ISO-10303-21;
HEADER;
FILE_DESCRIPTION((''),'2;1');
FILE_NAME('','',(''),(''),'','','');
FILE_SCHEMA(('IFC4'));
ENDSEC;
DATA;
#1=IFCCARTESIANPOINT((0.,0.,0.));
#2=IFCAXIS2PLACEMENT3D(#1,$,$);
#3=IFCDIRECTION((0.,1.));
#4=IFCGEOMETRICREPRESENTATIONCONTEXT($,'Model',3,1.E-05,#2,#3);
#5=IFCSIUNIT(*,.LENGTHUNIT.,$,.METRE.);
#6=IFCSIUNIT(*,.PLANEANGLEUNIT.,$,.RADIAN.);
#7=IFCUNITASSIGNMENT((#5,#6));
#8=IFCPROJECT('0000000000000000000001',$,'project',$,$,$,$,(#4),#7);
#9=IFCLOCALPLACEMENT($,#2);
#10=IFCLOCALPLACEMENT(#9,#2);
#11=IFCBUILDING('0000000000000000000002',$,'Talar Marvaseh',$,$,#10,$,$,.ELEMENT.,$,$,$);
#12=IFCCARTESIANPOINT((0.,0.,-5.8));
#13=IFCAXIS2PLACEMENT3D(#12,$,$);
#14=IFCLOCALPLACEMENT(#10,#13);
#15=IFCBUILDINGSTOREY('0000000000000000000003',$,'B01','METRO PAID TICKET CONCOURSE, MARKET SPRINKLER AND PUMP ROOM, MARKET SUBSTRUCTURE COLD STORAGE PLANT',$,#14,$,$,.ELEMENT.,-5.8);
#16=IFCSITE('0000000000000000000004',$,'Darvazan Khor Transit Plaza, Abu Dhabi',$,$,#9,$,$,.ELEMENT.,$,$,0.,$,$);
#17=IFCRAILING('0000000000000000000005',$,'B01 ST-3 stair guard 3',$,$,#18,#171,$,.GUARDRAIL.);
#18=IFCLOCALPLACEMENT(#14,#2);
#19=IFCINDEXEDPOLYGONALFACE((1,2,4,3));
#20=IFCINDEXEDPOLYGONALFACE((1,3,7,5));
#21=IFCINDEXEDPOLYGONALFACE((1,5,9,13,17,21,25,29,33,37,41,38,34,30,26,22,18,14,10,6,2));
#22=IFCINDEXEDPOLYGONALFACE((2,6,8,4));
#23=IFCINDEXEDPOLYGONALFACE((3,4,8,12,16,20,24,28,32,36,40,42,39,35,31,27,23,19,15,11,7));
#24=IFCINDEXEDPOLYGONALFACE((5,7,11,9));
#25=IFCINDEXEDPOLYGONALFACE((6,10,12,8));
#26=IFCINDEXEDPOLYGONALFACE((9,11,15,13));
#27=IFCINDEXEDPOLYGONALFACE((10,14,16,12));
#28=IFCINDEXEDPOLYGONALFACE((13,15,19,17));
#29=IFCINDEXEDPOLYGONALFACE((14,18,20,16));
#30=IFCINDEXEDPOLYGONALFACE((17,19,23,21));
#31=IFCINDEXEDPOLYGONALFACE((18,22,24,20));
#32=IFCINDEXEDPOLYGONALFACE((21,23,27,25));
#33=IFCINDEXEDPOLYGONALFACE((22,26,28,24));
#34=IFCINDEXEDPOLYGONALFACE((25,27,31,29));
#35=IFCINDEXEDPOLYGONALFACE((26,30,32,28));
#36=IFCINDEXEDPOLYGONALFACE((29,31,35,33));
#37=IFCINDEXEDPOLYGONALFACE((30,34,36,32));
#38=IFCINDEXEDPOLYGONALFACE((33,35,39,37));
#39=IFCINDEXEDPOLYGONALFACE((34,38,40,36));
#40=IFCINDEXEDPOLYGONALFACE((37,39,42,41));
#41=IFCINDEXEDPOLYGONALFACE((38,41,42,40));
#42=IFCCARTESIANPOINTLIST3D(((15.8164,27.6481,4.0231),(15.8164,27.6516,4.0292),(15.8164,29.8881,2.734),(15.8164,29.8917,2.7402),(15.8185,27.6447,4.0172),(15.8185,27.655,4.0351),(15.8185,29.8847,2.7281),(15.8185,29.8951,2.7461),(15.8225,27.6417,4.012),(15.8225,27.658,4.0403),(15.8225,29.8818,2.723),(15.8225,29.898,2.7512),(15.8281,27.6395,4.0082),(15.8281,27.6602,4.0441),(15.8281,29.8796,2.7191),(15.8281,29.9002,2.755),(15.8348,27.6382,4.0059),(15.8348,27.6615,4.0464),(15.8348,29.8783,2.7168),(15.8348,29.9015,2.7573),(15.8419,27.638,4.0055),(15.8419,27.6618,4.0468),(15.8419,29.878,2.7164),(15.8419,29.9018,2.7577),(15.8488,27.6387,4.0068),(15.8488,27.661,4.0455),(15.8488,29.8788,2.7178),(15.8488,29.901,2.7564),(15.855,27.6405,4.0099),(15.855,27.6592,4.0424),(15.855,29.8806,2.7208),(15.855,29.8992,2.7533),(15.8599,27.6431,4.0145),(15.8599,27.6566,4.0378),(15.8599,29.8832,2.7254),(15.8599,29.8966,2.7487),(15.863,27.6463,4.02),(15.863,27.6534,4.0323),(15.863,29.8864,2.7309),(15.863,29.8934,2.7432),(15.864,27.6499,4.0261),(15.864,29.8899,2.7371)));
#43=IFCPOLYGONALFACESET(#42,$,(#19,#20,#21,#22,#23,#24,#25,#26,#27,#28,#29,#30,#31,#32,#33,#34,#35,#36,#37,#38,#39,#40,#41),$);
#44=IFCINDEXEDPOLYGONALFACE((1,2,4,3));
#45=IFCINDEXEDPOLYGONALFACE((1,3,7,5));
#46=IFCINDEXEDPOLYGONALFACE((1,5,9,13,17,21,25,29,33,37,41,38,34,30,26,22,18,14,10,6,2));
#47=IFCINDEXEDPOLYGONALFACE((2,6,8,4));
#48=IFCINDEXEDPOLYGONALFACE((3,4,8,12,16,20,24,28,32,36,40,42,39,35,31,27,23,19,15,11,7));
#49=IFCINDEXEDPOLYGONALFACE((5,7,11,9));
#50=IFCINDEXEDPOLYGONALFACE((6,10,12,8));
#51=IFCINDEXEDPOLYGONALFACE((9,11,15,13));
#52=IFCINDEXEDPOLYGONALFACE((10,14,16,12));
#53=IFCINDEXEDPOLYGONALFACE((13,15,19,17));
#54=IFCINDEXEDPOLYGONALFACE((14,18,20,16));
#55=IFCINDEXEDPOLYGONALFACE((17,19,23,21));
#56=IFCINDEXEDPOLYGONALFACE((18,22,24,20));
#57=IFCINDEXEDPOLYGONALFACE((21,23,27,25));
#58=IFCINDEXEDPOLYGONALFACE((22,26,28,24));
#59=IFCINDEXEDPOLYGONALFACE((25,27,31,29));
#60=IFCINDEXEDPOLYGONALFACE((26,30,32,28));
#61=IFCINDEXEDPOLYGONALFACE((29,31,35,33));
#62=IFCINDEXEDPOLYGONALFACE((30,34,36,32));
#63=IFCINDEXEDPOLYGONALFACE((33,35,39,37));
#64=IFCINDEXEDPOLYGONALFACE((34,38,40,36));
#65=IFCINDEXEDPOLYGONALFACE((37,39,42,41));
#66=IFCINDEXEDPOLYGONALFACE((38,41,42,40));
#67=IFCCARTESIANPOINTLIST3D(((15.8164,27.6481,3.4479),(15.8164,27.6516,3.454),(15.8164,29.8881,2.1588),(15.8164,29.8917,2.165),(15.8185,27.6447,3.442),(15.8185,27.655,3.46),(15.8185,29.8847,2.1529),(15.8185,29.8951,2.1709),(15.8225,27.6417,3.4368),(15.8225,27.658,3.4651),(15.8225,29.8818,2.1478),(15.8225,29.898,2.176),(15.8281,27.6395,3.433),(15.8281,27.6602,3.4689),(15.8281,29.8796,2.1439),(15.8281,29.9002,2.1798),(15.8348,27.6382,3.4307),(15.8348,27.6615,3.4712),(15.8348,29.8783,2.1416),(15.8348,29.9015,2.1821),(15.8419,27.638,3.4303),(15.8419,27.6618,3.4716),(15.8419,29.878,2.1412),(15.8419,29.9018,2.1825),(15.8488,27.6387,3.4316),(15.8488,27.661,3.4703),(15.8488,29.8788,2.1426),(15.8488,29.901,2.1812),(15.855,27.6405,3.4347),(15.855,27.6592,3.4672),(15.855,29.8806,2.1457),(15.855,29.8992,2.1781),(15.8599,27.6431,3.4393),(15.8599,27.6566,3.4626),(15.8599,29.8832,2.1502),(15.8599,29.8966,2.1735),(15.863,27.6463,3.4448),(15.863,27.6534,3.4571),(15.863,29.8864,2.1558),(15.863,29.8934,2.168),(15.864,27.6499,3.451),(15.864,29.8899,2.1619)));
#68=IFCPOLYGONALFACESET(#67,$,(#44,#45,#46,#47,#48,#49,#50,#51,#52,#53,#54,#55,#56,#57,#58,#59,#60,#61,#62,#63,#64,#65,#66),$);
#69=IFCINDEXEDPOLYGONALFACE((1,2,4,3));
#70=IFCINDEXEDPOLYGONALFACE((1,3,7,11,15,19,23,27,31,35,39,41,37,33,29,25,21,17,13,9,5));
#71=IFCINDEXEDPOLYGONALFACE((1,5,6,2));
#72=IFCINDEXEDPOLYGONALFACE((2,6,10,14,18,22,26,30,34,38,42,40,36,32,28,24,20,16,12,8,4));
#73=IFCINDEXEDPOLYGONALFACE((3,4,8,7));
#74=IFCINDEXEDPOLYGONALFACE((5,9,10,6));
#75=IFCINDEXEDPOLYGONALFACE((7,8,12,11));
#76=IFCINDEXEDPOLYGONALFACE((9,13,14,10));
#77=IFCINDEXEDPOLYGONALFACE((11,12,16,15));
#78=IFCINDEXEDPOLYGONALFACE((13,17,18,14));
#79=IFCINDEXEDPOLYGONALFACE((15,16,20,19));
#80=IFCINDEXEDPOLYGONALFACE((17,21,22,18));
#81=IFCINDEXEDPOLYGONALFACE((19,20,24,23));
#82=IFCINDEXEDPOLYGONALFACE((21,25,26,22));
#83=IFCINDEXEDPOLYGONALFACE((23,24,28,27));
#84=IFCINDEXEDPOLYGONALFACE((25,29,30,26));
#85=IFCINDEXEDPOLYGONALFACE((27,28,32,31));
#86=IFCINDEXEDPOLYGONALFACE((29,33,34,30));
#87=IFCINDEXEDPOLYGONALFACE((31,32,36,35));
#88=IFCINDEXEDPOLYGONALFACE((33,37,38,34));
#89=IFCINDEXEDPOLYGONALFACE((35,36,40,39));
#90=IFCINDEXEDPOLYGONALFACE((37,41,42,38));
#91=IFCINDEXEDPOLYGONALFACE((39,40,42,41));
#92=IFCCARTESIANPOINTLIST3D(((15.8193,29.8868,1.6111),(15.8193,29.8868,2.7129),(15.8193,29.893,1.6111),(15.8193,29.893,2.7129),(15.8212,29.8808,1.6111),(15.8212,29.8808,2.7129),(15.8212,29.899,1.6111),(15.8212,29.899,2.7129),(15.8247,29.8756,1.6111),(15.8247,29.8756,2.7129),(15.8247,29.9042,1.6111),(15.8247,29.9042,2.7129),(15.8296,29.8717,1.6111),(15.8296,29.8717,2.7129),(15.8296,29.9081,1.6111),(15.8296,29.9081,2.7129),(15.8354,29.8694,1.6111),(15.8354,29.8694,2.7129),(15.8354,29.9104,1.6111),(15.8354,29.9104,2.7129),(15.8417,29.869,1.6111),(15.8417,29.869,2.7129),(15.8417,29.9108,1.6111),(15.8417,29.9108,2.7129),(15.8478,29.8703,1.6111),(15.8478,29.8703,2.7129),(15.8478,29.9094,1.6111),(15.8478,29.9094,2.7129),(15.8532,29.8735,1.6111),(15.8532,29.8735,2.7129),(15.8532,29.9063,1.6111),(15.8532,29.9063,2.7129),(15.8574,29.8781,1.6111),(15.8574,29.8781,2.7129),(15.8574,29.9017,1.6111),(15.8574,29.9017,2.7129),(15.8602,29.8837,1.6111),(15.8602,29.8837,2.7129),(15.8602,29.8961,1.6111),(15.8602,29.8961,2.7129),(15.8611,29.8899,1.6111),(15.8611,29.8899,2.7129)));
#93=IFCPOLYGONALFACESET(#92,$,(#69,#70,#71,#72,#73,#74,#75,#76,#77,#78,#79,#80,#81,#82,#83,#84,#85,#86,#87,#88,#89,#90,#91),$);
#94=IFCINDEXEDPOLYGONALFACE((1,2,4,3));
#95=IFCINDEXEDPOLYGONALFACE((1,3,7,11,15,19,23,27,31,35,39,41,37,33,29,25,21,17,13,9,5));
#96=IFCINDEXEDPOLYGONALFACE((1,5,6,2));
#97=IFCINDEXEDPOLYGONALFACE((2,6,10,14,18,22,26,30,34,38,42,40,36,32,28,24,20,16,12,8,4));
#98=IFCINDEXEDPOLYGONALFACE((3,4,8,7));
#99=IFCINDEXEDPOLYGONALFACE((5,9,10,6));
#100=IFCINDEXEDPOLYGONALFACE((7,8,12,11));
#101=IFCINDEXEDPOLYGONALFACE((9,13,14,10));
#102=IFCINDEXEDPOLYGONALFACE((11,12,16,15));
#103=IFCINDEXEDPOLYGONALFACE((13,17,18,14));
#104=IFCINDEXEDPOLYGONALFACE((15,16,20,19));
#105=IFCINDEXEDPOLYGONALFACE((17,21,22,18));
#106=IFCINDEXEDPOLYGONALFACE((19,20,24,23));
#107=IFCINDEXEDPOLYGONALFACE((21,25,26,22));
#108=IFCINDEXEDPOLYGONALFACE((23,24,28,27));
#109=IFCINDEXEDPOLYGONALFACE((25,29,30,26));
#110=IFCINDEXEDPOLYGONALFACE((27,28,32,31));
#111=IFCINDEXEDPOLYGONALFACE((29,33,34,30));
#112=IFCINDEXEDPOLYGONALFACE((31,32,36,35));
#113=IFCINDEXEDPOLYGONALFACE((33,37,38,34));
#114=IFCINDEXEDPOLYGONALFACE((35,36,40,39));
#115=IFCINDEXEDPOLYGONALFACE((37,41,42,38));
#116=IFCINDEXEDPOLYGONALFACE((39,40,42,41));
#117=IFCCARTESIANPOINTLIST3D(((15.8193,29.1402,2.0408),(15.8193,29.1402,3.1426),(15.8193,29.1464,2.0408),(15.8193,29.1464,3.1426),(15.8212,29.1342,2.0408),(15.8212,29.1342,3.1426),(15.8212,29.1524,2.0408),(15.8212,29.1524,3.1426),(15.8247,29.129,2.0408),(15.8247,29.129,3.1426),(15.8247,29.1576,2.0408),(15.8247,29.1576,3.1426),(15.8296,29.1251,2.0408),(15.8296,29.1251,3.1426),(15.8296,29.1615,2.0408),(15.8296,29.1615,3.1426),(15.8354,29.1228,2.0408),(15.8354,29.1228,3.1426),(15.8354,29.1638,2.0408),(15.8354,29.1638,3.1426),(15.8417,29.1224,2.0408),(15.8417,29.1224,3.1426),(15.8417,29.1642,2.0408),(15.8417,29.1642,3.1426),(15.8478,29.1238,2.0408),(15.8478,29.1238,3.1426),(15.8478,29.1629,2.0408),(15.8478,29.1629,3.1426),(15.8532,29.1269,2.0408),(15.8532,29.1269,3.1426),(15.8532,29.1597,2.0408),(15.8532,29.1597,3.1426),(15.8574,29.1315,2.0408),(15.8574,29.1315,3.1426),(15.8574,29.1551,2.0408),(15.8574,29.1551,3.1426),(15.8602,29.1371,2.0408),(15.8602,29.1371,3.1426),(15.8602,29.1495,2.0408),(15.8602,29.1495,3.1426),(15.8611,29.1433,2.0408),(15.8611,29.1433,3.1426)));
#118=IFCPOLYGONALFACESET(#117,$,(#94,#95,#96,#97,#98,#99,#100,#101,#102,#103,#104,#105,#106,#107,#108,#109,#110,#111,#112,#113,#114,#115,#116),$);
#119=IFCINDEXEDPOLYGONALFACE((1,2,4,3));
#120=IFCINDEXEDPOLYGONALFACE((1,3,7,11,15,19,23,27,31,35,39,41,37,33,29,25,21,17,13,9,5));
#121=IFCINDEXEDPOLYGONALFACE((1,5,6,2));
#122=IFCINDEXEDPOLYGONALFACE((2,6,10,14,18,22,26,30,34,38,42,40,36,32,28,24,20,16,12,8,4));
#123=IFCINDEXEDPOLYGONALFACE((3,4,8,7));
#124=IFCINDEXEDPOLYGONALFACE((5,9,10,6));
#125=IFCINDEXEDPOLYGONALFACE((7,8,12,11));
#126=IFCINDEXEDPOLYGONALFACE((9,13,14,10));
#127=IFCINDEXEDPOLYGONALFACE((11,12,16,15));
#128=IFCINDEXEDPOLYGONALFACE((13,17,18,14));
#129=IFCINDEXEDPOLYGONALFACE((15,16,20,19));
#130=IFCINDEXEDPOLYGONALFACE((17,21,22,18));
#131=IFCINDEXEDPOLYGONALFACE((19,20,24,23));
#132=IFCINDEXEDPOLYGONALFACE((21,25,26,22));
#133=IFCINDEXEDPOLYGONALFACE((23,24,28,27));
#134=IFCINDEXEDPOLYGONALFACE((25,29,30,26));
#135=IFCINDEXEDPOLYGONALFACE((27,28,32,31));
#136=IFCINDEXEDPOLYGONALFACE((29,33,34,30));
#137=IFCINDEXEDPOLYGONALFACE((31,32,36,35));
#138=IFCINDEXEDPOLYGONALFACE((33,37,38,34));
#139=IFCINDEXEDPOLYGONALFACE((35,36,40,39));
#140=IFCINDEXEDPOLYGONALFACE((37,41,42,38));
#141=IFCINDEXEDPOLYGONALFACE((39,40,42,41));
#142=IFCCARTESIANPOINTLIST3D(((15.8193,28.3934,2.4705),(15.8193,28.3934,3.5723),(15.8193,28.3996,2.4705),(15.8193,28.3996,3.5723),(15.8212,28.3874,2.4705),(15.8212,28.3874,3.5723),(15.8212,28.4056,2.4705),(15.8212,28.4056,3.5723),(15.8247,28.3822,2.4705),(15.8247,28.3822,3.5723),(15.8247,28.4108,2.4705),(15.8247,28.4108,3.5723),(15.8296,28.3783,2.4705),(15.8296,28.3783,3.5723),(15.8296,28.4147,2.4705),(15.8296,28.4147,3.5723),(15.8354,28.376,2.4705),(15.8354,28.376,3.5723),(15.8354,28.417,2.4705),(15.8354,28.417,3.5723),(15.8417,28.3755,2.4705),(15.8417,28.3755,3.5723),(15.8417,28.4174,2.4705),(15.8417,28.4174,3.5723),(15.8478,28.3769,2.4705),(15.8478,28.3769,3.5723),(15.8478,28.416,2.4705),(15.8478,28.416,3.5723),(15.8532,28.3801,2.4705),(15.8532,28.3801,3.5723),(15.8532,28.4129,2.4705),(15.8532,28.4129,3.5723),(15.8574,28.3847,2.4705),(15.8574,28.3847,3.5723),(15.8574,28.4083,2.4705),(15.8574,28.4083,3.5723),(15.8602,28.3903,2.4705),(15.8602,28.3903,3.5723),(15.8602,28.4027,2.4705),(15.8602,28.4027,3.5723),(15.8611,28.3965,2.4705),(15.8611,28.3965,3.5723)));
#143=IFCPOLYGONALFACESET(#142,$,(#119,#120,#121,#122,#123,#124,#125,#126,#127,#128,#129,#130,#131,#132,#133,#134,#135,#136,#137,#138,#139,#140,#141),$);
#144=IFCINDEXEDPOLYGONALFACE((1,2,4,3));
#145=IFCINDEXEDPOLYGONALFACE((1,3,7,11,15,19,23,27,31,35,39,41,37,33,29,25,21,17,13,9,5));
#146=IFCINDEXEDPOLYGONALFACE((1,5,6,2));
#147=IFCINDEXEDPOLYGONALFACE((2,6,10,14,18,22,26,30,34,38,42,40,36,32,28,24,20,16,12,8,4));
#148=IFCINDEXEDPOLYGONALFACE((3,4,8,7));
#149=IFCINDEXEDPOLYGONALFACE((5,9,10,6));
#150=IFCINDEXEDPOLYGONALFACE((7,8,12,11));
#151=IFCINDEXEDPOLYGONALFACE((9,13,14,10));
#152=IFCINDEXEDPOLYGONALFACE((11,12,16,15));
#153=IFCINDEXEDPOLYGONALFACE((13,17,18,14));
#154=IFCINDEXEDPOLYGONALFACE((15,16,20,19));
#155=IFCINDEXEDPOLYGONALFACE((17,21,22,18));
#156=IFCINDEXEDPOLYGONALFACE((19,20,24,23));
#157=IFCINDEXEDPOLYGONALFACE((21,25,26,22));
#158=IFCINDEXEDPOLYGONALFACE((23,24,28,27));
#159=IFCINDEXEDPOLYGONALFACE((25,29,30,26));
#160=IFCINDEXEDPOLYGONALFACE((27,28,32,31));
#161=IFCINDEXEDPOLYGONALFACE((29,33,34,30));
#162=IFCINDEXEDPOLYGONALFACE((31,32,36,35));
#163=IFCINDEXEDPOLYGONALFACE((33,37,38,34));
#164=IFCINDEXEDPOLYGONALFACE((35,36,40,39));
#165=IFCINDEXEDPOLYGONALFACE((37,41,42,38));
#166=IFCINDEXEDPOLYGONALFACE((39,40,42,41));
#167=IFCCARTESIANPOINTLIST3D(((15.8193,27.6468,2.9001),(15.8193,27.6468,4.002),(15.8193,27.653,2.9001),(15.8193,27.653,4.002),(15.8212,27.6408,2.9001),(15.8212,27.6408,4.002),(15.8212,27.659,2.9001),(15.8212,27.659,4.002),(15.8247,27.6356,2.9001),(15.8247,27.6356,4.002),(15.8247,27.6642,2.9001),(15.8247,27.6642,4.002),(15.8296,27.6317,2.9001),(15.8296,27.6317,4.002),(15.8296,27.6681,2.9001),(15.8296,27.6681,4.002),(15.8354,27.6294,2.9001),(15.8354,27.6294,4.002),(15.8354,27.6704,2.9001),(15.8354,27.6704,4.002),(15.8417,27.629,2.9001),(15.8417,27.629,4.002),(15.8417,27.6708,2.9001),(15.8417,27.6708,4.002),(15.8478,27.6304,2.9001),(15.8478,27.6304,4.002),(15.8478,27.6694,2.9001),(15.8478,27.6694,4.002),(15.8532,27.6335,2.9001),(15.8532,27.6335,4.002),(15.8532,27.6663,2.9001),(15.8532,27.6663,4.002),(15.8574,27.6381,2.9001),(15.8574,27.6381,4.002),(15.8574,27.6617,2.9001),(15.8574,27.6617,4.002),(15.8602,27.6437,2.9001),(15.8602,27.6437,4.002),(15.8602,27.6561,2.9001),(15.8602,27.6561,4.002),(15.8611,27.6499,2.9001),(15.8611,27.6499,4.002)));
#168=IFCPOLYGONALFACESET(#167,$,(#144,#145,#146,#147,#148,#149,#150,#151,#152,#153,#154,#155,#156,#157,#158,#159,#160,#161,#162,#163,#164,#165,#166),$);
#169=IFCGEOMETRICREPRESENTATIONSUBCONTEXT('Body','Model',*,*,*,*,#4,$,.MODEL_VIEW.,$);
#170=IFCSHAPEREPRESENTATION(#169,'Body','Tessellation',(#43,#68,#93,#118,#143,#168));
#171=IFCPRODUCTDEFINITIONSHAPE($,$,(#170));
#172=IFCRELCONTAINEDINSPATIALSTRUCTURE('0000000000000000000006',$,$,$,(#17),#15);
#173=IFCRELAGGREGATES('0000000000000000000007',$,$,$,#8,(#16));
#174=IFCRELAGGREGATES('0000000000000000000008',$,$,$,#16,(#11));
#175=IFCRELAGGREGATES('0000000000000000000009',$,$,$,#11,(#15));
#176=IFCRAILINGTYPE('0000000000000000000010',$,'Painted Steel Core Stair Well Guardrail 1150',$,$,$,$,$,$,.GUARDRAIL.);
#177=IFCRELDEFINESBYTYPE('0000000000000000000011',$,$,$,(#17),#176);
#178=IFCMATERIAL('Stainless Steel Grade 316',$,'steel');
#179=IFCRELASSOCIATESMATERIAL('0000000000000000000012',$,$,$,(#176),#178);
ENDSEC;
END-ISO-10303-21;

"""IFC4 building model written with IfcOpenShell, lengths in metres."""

from ifc_helpers import new_model, si_unit, direction, frame, origin, origin_2d, place, context, subcontext, project, spatial, circle, extrude, material, type_object, element, save


model = new_model("IFC4")

# Units and contexts
model_context = context("Model", 3, precision=1e-05, world=origin(), true_north=direction((0.0, 1.0)))
body_context = subcontext(model_context, "Body", "Model", "MODEL_VIEW")
ifc_project = project(units=[si_unit("LENGTHUNIT", "METRE"), si_unit("PLANEANGLEUNIT", "RADIAN")], contexts=[model_context])

# Site, building, storey
site_placement = place(None, origin())
site = spatial("IfcSite", under=ifc_project, at=site_placement, Name="Darvazan Khor Transit Plaza, Abu Dhabi", CompositionType="ELEMENT", RefElevation=0.0)
building_placement = place(site_placement, origin())
building = spatial("IfcBuilding", under=site, at=building_placement, Name="Talar Marvaseh", CompositionType="ELEMENT")
storey_placement = place(building_placement, frame((0.0, 0.0, -5.8)))
storey = spatial("IfcBuildingStorey", under=building, at=storey_placement, Name="B01", Description="METRO PAID TICKET CONCOURSE, MARKET SPRINKLER AND PUMP ROOM, MARKET SUBSTRUCTURE COLD STORAGE PLANT", CompositionType="ELEMENT", Elevation=-5.8)

# Railing
ifc_material_1 = material(Name="Stainless Steel Grade 316", Category="steel")
railing_type_1 = type_object("IfcRailingType", Name="Painted Steel Core Stair Well Guardrail 1150", PredefinedType="GUARDRAIL", material=ifc_material_1)
railing_1_placement = place(storey_placement, frame((15.8401, 29.8899, 1.6111)))
element("IfcRailing", 1, at=railing_1_placement, inside=storey, type_object=railing_type_1, Name="B01 ST-3 stair guard 3", PredefinedType="GUARDRAIL", context=body_context, shape_type="SweptSolid", body=[
    extrude(circle(Radius=0.0239, at=origin_2d()), frame((0.0, 0.0, 1.126), z_axis=(0.0, -0.866728, 0.498782), x_axis=(1.0, 0.0, 0.0)), (0.0, 0.0, 1.0), 2.5845),
    extrude(circle(Radius=0.0239, at=origin_2d()), frame((0.0, 0.0, 0.5508), z_axis=(0.0, -0.866728, 0.498782), x_axis=(1.0, 0.0, 0.0)), (0.0, 0.0, 1.0), 2.5845),
    extrude(circle(Radius=0.021, at=origin_2d()), origin(), (0.0, 0.0, 1.0), 1.1018),
    extrude(circle(Radius=0.021, at=origin_2d()), frame((0.0, -0.7466, 0.4297)), (0.0, 0.0, 1.0), 1.1018),
    extrude(circle(Radius=0.021, at=origin_2d()), frame((0.0, -1.4934, 0.8594)), (0.0, 0.0, 1.0), 1.1018),
    extrude(circle(Radius=0.021, at=origin_2d()), frame((0.0, -2.24, 1.2891)), (0.0, 0.0, 1.0), 1.1018),
])

save(model, "model.ifc")
